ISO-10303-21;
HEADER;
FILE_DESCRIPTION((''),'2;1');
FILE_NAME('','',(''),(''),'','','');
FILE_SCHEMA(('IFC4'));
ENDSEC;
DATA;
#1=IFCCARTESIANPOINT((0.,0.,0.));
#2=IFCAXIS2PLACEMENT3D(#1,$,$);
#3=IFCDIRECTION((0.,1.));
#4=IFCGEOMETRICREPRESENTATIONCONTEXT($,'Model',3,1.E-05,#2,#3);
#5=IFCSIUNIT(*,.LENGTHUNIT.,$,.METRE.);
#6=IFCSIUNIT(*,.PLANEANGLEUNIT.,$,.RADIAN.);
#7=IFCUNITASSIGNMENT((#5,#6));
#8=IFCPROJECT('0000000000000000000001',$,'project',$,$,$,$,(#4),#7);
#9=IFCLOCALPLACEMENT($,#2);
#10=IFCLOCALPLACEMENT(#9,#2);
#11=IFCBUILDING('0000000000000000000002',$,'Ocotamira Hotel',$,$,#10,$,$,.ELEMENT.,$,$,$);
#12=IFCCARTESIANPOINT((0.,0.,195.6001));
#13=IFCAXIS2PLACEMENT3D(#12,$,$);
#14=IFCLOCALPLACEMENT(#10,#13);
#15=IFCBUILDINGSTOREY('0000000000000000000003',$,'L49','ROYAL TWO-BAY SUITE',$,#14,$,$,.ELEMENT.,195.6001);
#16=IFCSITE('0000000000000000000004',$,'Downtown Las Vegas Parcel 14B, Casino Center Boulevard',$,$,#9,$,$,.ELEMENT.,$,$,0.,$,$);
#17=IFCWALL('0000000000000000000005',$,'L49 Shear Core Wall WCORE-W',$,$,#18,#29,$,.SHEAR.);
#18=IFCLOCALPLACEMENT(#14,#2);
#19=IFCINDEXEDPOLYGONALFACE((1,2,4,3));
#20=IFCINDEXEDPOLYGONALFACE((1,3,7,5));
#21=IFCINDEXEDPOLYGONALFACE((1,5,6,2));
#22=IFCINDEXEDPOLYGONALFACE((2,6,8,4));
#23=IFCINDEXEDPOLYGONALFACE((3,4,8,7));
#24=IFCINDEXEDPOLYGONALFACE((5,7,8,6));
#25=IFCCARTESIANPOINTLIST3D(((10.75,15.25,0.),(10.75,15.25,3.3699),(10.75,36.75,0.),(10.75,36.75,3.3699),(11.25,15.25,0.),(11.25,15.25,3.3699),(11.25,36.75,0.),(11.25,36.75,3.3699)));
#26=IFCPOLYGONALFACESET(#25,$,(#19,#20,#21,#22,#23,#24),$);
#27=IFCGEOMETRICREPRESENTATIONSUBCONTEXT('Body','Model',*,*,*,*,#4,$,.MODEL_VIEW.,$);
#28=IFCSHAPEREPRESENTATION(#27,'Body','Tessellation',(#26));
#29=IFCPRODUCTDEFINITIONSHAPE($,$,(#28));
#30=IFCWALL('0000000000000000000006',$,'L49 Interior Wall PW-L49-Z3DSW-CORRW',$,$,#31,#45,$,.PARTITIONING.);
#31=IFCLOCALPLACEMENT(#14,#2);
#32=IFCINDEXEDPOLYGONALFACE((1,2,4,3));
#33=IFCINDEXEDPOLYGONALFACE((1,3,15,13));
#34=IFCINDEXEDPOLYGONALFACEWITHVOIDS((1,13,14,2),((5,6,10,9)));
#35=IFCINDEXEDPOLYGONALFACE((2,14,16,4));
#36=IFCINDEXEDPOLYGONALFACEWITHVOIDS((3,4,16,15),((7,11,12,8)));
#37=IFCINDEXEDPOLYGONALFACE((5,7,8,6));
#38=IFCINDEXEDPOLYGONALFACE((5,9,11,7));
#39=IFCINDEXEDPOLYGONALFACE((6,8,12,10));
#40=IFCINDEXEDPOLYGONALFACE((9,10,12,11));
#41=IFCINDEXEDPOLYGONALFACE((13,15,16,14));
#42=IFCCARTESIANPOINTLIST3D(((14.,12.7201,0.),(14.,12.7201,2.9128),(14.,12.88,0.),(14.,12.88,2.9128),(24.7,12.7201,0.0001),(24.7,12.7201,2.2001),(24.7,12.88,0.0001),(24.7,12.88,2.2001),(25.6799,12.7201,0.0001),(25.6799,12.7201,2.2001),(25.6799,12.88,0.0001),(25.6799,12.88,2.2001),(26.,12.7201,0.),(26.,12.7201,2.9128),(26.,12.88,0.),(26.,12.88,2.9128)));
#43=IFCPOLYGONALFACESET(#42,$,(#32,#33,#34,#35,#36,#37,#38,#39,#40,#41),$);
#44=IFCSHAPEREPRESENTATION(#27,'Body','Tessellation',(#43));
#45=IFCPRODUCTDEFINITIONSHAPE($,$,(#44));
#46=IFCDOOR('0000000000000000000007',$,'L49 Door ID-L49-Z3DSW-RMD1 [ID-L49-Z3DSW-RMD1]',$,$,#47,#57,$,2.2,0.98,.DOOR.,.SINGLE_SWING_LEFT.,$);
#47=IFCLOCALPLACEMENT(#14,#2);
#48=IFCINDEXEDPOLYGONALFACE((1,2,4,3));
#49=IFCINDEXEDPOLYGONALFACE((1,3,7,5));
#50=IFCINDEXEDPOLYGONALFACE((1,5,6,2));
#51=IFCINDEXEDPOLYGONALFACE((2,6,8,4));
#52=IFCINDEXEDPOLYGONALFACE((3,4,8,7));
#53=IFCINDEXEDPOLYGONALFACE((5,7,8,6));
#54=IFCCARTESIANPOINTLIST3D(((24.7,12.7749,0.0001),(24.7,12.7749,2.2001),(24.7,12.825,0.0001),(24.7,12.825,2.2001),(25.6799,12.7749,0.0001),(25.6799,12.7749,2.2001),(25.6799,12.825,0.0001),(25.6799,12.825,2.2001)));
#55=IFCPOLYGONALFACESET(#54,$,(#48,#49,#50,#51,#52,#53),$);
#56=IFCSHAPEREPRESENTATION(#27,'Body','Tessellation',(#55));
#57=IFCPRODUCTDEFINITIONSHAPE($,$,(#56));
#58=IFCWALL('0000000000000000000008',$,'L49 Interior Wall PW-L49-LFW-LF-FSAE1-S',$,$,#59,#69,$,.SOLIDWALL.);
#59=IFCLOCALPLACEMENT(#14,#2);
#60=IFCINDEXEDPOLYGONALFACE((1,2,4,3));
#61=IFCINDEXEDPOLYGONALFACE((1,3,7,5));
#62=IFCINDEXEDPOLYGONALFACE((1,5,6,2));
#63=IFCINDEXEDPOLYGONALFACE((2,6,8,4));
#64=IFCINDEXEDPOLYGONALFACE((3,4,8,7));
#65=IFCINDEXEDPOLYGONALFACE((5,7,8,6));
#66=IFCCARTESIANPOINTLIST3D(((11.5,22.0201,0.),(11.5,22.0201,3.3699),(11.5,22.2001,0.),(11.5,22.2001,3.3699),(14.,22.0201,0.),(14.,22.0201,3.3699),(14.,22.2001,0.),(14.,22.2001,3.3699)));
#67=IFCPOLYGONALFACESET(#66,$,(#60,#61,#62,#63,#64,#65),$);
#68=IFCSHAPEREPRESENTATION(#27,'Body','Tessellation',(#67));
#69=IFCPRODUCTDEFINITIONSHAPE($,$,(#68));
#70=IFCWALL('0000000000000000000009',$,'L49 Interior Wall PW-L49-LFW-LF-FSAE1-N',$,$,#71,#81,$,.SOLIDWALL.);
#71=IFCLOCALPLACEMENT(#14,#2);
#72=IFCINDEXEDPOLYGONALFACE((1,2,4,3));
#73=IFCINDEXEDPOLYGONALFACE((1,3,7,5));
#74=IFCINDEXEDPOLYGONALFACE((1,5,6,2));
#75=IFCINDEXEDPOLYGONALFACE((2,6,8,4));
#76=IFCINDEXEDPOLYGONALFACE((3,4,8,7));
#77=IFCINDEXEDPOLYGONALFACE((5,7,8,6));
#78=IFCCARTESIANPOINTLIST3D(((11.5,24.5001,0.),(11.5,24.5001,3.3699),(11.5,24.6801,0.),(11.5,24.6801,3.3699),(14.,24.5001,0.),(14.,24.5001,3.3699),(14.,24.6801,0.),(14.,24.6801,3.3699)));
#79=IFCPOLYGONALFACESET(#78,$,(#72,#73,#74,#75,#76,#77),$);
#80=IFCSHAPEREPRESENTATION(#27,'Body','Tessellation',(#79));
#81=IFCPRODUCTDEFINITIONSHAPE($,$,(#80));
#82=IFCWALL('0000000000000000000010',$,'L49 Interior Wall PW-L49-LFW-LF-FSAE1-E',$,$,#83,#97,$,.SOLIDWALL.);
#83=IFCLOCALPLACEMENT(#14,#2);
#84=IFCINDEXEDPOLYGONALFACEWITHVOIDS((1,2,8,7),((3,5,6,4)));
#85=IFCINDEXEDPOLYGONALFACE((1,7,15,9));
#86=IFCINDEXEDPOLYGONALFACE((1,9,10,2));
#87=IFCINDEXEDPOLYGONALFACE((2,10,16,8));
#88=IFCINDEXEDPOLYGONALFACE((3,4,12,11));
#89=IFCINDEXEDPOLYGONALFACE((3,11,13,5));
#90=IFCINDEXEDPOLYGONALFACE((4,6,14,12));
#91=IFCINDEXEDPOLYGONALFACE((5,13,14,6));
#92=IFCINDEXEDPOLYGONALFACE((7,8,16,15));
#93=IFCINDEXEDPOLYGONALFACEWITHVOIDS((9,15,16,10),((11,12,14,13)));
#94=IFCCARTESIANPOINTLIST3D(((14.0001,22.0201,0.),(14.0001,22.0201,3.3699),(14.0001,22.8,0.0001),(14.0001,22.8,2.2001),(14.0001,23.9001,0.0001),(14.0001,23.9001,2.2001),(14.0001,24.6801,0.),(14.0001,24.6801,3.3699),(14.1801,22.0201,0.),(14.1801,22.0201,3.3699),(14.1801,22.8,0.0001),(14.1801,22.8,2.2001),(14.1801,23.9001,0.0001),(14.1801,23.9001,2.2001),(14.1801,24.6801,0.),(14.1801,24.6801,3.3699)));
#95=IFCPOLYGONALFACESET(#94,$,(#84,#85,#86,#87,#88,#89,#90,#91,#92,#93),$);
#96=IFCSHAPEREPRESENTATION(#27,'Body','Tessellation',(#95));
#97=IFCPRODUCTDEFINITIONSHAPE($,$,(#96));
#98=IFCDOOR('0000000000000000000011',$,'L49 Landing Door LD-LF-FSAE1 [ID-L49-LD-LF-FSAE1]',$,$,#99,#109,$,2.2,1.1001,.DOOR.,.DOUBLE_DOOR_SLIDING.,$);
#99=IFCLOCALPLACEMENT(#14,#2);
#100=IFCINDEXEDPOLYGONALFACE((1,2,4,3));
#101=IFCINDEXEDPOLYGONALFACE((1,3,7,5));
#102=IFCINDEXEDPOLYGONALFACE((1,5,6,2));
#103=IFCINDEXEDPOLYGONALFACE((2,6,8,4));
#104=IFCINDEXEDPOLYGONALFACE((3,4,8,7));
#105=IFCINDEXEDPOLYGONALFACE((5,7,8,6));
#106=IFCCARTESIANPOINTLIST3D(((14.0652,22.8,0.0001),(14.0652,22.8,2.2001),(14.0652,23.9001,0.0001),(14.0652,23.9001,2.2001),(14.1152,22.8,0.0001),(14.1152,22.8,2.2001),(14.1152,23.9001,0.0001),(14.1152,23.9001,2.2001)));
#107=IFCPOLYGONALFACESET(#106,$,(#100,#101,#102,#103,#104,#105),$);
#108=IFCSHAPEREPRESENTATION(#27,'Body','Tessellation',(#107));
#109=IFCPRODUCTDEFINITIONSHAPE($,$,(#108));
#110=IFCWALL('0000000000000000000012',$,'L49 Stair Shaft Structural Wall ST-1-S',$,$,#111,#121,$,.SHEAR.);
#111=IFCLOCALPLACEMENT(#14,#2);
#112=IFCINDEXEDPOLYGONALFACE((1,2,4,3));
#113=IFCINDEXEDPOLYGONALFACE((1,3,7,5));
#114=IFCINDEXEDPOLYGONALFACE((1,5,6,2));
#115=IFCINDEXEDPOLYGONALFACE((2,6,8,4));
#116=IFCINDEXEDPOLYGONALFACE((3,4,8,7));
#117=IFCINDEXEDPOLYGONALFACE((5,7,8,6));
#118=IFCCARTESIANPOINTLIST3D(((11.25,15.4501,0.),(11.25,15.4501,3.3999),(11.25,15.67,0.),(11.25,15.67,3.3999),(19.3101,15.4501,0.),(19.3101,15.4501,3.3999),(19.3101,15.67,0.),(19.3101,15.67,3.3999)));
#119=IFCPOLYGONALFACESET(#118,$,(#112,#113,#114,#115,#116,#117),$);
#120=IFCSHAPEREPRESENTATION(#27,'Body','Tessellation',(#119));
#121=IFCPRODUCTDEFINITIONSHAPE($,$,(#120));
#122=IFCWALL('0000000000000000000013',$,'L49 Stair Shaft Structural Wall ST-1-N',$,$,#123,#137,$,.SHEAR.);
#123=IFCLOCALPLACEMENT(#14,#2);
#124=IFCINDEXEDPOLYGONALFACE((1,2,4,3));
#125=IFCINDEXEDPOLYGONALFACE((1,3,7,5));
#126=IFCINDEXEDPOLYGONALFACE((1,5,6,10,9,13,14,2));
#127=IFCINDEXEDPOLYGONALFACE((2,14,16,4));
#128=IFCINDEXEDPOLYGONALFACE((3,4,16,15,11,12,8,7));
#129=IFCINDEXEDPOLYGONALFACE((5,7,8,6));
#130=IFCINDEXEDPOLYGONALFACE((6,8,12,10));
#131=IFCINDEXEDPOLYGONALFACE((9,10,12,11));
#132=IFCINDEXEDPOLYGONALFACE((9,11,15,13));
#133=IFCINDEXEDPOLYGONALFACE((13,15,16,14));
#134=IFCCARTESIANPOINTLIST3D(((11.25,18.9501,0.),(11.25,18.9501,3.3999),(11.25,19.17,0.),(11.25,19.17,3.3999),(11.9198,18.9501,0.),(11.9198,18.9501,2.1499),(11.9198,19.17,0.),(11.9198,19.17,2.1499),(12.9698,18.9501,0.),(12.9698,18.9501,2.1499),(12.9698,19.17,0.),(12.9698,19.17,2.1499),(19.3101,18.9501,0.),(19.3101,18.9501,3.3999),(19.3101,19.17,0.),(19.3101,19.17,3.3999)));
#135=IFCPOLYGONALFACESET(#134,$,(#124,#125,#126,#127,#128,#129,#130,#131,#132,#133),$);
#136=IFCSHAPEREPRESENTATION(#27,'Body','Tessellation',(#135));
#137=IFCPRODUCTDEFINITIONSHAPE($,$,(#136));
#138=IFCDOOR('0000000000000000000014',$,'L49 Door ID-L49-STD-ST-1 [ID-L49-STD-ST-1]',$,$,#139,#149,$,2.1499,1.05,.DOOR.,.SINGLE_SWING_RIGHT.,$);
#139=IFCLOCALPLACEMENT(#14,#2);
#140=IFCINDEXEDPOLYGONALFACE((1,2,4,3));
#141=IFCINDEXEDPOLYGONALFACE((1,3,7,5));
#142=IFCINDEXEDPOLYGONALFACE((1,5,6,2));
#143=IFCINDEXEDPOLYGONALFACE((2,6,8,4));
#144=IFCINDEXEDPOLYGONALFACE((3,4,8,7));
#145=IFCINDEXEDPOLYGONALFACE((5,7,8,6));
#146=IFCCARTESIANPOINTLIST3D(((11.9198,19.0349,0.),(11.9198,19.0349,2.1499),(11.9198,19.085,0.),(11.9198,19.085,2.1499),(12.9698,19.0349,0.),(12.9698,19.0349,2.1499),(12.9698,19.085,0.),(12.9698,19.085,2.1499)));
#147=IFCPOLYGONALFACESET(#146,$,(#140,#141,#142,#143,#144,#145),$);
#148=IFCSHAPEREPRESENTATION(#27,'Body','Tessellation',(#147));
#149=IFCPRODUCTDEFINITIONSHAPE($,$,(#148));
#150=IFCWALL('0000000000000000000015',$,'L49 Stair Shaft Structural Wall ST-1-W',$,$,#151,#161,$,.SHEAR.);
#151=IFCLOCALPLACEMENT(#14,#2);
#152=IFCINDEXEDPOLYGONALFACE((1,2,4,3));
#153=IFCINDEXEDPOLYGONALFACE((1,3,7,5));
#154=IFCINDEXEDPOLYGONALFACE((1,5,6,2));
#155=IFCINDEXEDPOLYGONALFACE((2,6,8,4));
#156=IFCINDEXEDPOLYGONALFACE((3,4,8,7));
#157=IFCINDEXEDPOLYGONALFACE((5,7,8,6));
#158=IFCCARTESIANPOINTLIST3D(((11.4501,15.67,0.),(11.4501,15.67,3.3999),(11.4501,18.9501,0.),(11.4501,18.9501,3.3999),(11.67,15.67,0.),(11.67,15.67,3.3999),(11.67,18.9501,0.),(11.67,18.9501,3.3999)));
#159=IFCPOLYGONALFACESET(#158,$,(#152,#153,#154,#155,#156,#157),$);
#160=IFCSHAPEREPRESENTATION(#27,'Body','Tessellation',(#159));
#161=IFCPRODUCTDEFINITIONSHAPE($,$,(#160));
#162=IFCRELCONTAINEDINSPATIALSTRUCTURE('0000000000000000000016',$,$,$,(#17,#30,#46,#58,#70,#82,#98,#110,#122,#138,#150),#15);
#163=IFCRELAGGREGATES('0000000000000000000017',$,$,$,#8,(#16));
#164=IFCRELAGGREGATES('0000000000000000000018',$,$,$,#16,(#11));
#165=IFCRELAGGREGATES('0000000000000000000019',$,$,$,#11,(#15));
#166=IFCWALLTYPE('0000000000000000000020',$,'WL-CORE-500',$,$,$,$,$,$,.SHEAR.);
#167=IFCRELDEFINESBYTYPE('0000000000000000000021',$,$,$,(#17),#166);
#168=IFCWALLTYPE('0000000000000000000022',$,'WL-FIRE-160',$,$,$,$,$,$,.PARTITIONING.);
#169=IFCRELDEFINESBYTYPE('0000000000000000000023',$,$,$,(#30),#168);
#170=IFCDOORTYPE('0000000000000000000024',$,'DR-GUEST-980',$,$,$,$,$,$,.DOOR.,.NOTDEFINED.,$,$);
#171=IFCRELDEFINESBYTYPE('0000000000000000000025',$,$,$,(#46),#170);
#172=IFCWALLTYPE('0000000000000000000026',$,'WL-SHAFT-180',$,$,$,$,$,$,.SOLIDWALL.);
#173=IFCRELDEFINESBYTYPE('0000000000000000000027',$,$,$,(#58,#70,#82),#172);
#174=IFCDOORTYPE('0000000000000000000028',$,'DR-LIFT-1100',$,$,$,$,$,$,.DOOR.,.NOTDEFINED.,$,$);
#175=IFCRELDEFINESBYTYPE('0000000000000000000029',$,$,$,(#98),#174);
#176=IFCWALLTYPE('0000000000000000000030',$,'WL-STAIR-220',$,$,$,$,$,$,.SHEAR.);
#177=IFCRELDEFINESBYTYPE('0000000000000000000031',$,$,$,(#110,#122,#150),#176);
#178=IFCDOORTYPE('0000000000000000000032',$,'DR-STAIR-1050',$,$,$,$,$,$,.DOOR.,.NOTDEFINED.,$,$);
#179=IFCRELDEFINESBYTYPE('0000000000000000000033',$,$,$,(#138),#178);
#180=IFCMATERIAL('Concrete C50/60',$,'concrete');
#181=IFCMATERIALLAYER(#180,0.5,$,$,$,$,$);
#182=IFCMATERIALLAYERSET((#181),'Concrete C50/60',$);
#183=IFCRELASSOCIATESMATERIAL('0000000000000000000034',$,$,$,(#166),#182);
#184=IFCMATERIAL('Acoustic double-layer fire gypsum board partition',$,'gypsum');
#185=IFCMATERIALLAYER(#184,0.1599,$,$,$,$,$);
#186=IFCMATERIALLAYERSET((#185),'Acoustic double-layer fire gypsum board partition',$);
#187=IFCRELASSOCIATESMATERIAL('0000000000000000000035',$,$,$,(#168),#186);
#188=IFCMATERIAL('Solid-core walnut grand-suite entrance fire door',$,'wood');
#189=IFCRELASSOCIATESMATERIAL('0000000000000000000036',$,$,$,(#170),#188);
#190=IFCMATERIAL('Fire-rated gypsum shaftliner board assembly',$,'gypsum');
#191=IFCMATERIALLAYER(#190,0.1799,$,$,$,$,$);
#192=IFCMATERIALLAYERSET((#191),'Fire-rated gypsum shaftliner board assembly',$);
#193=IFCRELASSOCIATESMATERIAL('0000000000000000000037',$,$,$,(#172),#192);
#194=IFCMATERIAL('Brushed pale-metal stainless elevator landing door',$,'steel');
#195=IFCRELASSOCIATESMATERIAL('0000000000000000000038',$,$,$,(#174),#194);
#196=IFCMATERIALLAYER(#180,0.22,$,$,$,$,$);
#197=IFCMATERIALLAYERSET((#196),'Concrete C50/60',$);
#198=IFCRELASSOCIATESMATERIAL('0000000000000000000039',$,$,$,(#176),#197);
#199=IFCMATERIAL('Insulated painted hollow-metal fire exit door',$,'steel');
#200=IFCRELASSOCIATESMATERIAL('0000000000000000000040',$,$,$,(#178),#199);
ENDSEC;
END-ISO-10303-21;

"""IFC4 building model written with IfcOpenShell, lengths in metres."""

from ifc_helpers import new_model, si_unit, direction, frame, frame_2d, origin, place, context, subcontext, project, spatial, rectangle, extrude, source, transform, mapped, material, layer, layer_set, type_object, element, fill, save


model = new_model("IFC4")

# Units and contexts
model_context = context("Model", 3, precision=1e-05, world=origin(), true_north=direction((0.0, 1.0)))
body_context = subcontext(model_context, "Body", "Model", "MODEL_VIEW")
ifc_project = project(units=[si_unit("LENGTHUNIT", "METRE"), si_unit("PLANEANGLEUNIT", "RADIAN")], contexts=[model_context])

# Site, building, storey
site_placement = place(None, origin())
site = spatial("IfcSite", under=ifc_project, at=site_placement, Name="Downtown Las Vegas Parcel 14B, Casino Center Boulevard", CompositionType="ELEMENT", RefElevation=0.0)
building_placement = place(site_placement, origin())
building = spatial("IfcBuilding", under=site, at=building_placement, Name="Ocotamira Hotel", CompositionType="ELEMENT")
storey_placement = place(building_placement, frame((0.0, 0.0, 195.6001)))
storey = spatial("IfcBuildingStorey", under=building, at=storey_placement, Name="L49", Description="ROYAL TWO-BAY SUITE", CompositionType="ELEMENT", Elevation=195.6001)

# Wall
ifc_material_1 = material(Name="Concrete C50/60", Category="concrete")
ifc_layer_1 = layer(ifc_material_1, 0.5)
ifc_layer_set_1 = layer_set([ifc_layer_1], Name="Concrete C50/60")
wall_type_1 = type_object("IfcWallType", Name="WL-CORE-500", PredefinedType="SHEAR", material=ifc_layer_set_1)
wall_1_placement = place(storey_placement, frame((11.0, 15.25, 0.0), z_axis=(0.0, 0.0, 1.0), x_axis=(0.0, 1.0, 0.0)))
element("IfcWall", 1, at=wall_1_placement, inside=storey, type_object=wall_type_1, Name="L49 Shear Core Wall WCORE-W", PredefinedType="SHEAR", context=body_context, shape_type="SweptSolid", body=[
    extrude(rectangle(XDim=21.5, YDim=0.5, at=frame_2d((10.75, 0.0))), origin(), (0.0, 0.0, 1.0), 3.3699),
])

# Wall, opening, door
ifc_material_2 = material(Name="Acoustic double-layer fire gypsum board partition", Category="gypsum")
ifc_layer_2 = layer(ifc_material_2, 0.1599)
ifc_layer_set_2 = layer_set([ifc_layer_2], Name="Acoustic double-layer fire gypsum board partition")
wall_type_2 = type_object("IfcWallType", Name="WL-FIRE-160", PredefinedType="PARTITIONING", material=ifc_layer_set_2)
wall_2_placement = place(storey_placement, frame((14.0, 12.8, 0.0), z_axis=(0.0, 0.0, 1.0), x_axis=(1.0, 0.0, 0.0)))
wall_2 = element("IfcWall", 2, at=wall_2_placement, inside=storey, type_object=wall_type_2, Name="L49 Interior Wall PW-L49-Z3DSW-CORRW", PredefinedType="PARTITIONING", context=body_context, shape_type="SweptSolid", body=[
    extrude(rectangle(XDim=12.0, YDim=0.1599, at=frame_2d((6.0, 0.0))), origin(), (0.0, 0.0, 1.0), 2.9128),
])
opening_1_placement = place(wall_2_placement, frame((10.7, 0.0, 0.0)))
opening_1 = element("IfcOpeningElement", 3, at=opening_1_placement, cuts=wall_2, PredefinedType="OPENING", context=body_context, shape_type="SweptSolid", body=[
    extrude(rectangle(XDim=0.98, YDim=2.2, at=frame_2d((0.49, 1.1001))), frame((0.0, 0.0898, 0.0), z_axis=(0.0, -1.0, 0.0), x_axis=(1.0, 0.0, 0.0)), (0.0, 0.0, 1.0), 0.1799),
])
ifc_material_3 = material(Name="Solid-core walnut grand-suite entrance fire door", Category="wood")
door_type_1 = type_object("IfcDoorType", Name="DR-GUEST-980", OperationType="NOTDEFINED", PredefinedType="DOOR", material=ifc_material_3)
shared_shape_1 = source(origin(), body_context, "Body", "SweptSolid", [
    extrude(rectangle(XDim=0.98, YDim=2.2, at=frame_2d((0.49, 1.1001))), frame((0.0, 0.0249, 0.0), z_axis=(0.0, -1.0, 0.0), x_axis=(1.0, 0.0, 0.0)), (0.0, 0.0, 1.0), 0.05),
])
door_1_placement = place(opening_1_placement, origin())
door_1 = element("IfcDoor", 4, at=door_1_placement, inside=storey, type_object=door_type_1, Name="L49 Door ID-L49-Z3DSW-RMD1 [ID-L49-Z3DSW-RMD1]", OperationType="SINGLE_SWING_LEFT", OverallHeight=2.2, OverallWidth=0.98, PredefinedType="DOOR", context=body_context, shape_type="MappedRepresentation", body=[
    mapped(shared_shape_1, transform((0.0, 0.0, 0.0), scale=1.0)),
])
fill(opening_1, door_1)

# Walls
ifc_material_4 = material(Name="Fire-rated gypsum shaftliner board assembly", Category="gypsum")
ifc_layer_3 = layer(ifc_material_4, 0.1799)
ifc_layer_set_3 = layer_set([ifc_layer_3], Name="Fire-rated gypsum shaftliner board assembly")
wall_type_3 = type_object("IfcWallType", Name="WL-SHAFT-180", PredefinedType="SOLIDWALL", material=ifc_layer_set_3)
for number, where, z_axis, x_axis, name in (
    (5, (11.5, 22.1101, 0.0), (0.0, 0.0, 1.0), (1.0, 0.0, 0.0), "L49 Interior Wall PW-L49-LFW-LF-FSAE1-S"),
    (6, (11.5, 24.5901, 0.0), (0.0, 0.0, 1.0), (1.0, 0.0, 0.0), "L49 Interior Wall PW-L49-LFW-LF-FSAE1-N"),
):
    element("IfcWall", number, at=place(storey_placement, frame(where, z_axis=z_axis, x_axis=x_axis)), inside=storey, type_object=wall_type_3, Name=name, PredefinedType="SOLIDWALL", context=body_context, shape_type="SweptSolid", body=[
        extrude(rectangle(XDim=2.5, YDim=0.1799, at=frame_2d((1.25, 0.0))), origin(), (0.0, 0.0, 1.0), 3.3699),
    ])

# Wall, opening, door
wall_3_placement = place(storey_placement, frame((14.0901, 22.02, 0.0), z_axis=(0.0, 0.0, 1.0), x_axis=(0.0, 1.0, 0.0)))
wall_3 = element("IfcWall", 7, at=wall_3_placement, inside=storey, type_object=wall_type_3, Name="L49 Interior Wall PW-L49-LFW-LF-FSAE1-E", PredefinedType="SOLIDWALL", context=body_context, shape_type="SweptSolid", body=[
    extrude(rectangle(XDim=2.6599, YDim=0.1799, at=frame_2d((1.3301, 0.0))), origin(), (0.0, 0.0, 1.0), 3.3699),
])
opening_2_placement = place(wall_3_placement, frame((0.78, 0.0, 0.0)))
opening_2 = element("IfcOpeningElement", 8, at=opening_2_placement, cuts=wall_3, PredefinedType="OPENING", context=body_context, shape_type="SweptSolid", body=[
    extrude(rectangle(XDim=1.1001, YDim=2.2, at=frame_2d((0.55, 1.1001))), frame((0.0, 0.1001, 0.0), z_axis=(0.0, -1.0, 0.0), x_axis=(1.0, 0.0, 0.0)), (0.0, 0.0, 1.0), 0.2),
])
ifc_material_5 = material(Name="Brushed pale-metal stainless elevator landing door", Category="steel")
door_type_2 = type_object("IfcDoorType", Name="DR-LIFT-1100", OperationType="NOTDEFINED", PredefinedType="DOOR", material=ifc_material_5)
shared_shape_2 = source(origin(), body_context, "Body", "SweptSolid", [
    extrude(rectangle(XDim=1.1001, YDim=2.2, at=frame_2d((0.55, 1.1001))), frame((0.0, 0.0249, 0.0), z_axis=(0.0, -1.0, 0.0), x_axis=(1.0, 0.0, 0.0)), (0.0, 0.0, 1.0), 0.05),
])
door_2_placement = place(opening_2_placement, origin())
door_2 = element("IfcDoor", 9, at=door_2_placement, inside=storey, type_object=door_type_2, Name="L49 Landing Door LD-LF-FSAE1 [ID-L49-LD-LF-FSAE1]", OperationType="DOUBLE_DOOR_SLIDING", OverallHeight=2.2, OverallWidth=1.1001, PredefinedType="DOOR", context=body_context, shape_type="MappedRepresentation", body=[
    mapped(shared_shape_2, transform((0.0, 0.0, 0.0), scale=1.0)),
])
fill(opening_2, door_2)

# Wall
ifc_layer_4 = layer(ifc_material_1, 0.22)
ifc_layer_set_4 = layer_set([ifc_layer_4], Name="Concrete C50/60")
wall_type_4 = type_object("IfcWallType", Name="WL-STAIR-220", PredefinedType="SHEAR", material=ifc_layer_set_4)
wall_4_placement = place(storey_placement, frame((11.25, 15.5601, 0.0), z_axis=(0.0, 0.0, 1.0), x_axis=(1.0, 0.0, 0.0)))
element("IfcWall", 10, at=wall_4_placement, inside=storey, type_object=wall_type_4, Name="L49 Stair Shaft Structural Wall ST-1-S", PredefinedType="SHEAR", context=body_context, shape_type="SweptSolid", body=[
    extrude(rectangle(XDim=8.0601, YDim=0.22, at=frame_2d((4.03, 0.0))), origin(), (0.0, 0.0, 1.0), 3.3999),
])

# Wall, opening, door
wall_5_placement = place(storey_placement, frame((11.25, 19.0601, 0.0), z_axis=(0.0, 0.0, 1.0), x_axis=(1.0, 0.0, 0.0)))
wall_5 = element("IfcWall", 11, at=wall_5_placement, inside=storey, type_object=wall_type_4, Name="L49 Stair Shaft Structural Wall ST-1-N", PredefinedType="SHEAR", context=body_context, shape_type="SweptSolid", body=[
    extrude(rectangle(XDim=8.0601, YDim=0.22, at=frame_2d((4.03, 0.0))), origin(), (0.0, 0.0, 1.0), 3.3999),
])
opening_3_placement = place(wall_5_placement, frame((0.6699, 0.0, 0.0)))
opening_3 = element("IfcOpeningElement", 12, at=opening_3_placement, cuts=wall_5, PredefinedType="OPENING", context=body_context, shape_type="SweptSolid", body=[
    extrude(rectangle(XDim=1.05, YDim=2.1499, at=frame_2d((0.5249, 1.075))), frame((0.0, 0.1201, 0.0), z_axis=(0.0, -1.0, 0.0), x_axis=(1.0, 0.0, 0.0)), (0.0, 0.0, 1.0), 0.24),
])
ifc_material_6 = material(Name="Insulated painted hollow-metal fire exit door", Category="steel")
door_type_3 = type_object("IfcDoorType", Name="DR-STAIR-1050", OperationType="NOTDEFINED", PredefinedType="DOOR", material=ifc_material_6)
shared_shape_3 = source(origin(), body_context, "Body", "SweptSolid", [
    extrude(rectangle(XDim=1.05, YDim=2.1499, at=frame_2d((0.5249, 1.075))), frame((0.0, 0.0249, 0.0), z_axis=(0.0, -1.0, 0.0), x_axis=(1.0, 0.0, 0.0)), (0.0, 0.0, 1.0), 0.05),
])
door_3_placement = place(opening_3_placement, origin())
door_3 = element("IfcDoor", 13, at=door_3_placement, inside=storey, type_object=door_type_3, Name="L49 Door ID-L49-STD-ST-1 [ID-L49-STD-ST-1]", OperationType="SINGLE_SWING_RIGHT", OverallHeight=2.1499, OverallWidth=1.05, PredefinedType="DOOR", context=body_context, shape_type="MappedRepresentation", body=[
    mapped(shared_shape_3, transform((0.0, 0.0, 0.0), scale=1.0)),
])
fill(opening_3, door_3)

# Wall
wall_6_placement = place(storey_placement, frame((11.5601, 15.6699, 0.0), z_axis=(0.0, 0.0, 1.0), x_axis=(0.0, 1.0, 0.0)))
element("IfcWall", 14, at=wall_6_placement, inside=storey, type_object=wall_type_4, Name="L49 Stair Shaft Structural Wall ST-1-W", PredefinedType="SHEAR", context=body_context, shape_type="SweptSolid", body=[
    extrude(rectangle(XDim=3.28, YDim=0.22, at=frame_2d((1.6401, 0.0))), origin(), (0.0, 0.0, 1.0), 3.3999),
])

save(model, "model.ifc")
